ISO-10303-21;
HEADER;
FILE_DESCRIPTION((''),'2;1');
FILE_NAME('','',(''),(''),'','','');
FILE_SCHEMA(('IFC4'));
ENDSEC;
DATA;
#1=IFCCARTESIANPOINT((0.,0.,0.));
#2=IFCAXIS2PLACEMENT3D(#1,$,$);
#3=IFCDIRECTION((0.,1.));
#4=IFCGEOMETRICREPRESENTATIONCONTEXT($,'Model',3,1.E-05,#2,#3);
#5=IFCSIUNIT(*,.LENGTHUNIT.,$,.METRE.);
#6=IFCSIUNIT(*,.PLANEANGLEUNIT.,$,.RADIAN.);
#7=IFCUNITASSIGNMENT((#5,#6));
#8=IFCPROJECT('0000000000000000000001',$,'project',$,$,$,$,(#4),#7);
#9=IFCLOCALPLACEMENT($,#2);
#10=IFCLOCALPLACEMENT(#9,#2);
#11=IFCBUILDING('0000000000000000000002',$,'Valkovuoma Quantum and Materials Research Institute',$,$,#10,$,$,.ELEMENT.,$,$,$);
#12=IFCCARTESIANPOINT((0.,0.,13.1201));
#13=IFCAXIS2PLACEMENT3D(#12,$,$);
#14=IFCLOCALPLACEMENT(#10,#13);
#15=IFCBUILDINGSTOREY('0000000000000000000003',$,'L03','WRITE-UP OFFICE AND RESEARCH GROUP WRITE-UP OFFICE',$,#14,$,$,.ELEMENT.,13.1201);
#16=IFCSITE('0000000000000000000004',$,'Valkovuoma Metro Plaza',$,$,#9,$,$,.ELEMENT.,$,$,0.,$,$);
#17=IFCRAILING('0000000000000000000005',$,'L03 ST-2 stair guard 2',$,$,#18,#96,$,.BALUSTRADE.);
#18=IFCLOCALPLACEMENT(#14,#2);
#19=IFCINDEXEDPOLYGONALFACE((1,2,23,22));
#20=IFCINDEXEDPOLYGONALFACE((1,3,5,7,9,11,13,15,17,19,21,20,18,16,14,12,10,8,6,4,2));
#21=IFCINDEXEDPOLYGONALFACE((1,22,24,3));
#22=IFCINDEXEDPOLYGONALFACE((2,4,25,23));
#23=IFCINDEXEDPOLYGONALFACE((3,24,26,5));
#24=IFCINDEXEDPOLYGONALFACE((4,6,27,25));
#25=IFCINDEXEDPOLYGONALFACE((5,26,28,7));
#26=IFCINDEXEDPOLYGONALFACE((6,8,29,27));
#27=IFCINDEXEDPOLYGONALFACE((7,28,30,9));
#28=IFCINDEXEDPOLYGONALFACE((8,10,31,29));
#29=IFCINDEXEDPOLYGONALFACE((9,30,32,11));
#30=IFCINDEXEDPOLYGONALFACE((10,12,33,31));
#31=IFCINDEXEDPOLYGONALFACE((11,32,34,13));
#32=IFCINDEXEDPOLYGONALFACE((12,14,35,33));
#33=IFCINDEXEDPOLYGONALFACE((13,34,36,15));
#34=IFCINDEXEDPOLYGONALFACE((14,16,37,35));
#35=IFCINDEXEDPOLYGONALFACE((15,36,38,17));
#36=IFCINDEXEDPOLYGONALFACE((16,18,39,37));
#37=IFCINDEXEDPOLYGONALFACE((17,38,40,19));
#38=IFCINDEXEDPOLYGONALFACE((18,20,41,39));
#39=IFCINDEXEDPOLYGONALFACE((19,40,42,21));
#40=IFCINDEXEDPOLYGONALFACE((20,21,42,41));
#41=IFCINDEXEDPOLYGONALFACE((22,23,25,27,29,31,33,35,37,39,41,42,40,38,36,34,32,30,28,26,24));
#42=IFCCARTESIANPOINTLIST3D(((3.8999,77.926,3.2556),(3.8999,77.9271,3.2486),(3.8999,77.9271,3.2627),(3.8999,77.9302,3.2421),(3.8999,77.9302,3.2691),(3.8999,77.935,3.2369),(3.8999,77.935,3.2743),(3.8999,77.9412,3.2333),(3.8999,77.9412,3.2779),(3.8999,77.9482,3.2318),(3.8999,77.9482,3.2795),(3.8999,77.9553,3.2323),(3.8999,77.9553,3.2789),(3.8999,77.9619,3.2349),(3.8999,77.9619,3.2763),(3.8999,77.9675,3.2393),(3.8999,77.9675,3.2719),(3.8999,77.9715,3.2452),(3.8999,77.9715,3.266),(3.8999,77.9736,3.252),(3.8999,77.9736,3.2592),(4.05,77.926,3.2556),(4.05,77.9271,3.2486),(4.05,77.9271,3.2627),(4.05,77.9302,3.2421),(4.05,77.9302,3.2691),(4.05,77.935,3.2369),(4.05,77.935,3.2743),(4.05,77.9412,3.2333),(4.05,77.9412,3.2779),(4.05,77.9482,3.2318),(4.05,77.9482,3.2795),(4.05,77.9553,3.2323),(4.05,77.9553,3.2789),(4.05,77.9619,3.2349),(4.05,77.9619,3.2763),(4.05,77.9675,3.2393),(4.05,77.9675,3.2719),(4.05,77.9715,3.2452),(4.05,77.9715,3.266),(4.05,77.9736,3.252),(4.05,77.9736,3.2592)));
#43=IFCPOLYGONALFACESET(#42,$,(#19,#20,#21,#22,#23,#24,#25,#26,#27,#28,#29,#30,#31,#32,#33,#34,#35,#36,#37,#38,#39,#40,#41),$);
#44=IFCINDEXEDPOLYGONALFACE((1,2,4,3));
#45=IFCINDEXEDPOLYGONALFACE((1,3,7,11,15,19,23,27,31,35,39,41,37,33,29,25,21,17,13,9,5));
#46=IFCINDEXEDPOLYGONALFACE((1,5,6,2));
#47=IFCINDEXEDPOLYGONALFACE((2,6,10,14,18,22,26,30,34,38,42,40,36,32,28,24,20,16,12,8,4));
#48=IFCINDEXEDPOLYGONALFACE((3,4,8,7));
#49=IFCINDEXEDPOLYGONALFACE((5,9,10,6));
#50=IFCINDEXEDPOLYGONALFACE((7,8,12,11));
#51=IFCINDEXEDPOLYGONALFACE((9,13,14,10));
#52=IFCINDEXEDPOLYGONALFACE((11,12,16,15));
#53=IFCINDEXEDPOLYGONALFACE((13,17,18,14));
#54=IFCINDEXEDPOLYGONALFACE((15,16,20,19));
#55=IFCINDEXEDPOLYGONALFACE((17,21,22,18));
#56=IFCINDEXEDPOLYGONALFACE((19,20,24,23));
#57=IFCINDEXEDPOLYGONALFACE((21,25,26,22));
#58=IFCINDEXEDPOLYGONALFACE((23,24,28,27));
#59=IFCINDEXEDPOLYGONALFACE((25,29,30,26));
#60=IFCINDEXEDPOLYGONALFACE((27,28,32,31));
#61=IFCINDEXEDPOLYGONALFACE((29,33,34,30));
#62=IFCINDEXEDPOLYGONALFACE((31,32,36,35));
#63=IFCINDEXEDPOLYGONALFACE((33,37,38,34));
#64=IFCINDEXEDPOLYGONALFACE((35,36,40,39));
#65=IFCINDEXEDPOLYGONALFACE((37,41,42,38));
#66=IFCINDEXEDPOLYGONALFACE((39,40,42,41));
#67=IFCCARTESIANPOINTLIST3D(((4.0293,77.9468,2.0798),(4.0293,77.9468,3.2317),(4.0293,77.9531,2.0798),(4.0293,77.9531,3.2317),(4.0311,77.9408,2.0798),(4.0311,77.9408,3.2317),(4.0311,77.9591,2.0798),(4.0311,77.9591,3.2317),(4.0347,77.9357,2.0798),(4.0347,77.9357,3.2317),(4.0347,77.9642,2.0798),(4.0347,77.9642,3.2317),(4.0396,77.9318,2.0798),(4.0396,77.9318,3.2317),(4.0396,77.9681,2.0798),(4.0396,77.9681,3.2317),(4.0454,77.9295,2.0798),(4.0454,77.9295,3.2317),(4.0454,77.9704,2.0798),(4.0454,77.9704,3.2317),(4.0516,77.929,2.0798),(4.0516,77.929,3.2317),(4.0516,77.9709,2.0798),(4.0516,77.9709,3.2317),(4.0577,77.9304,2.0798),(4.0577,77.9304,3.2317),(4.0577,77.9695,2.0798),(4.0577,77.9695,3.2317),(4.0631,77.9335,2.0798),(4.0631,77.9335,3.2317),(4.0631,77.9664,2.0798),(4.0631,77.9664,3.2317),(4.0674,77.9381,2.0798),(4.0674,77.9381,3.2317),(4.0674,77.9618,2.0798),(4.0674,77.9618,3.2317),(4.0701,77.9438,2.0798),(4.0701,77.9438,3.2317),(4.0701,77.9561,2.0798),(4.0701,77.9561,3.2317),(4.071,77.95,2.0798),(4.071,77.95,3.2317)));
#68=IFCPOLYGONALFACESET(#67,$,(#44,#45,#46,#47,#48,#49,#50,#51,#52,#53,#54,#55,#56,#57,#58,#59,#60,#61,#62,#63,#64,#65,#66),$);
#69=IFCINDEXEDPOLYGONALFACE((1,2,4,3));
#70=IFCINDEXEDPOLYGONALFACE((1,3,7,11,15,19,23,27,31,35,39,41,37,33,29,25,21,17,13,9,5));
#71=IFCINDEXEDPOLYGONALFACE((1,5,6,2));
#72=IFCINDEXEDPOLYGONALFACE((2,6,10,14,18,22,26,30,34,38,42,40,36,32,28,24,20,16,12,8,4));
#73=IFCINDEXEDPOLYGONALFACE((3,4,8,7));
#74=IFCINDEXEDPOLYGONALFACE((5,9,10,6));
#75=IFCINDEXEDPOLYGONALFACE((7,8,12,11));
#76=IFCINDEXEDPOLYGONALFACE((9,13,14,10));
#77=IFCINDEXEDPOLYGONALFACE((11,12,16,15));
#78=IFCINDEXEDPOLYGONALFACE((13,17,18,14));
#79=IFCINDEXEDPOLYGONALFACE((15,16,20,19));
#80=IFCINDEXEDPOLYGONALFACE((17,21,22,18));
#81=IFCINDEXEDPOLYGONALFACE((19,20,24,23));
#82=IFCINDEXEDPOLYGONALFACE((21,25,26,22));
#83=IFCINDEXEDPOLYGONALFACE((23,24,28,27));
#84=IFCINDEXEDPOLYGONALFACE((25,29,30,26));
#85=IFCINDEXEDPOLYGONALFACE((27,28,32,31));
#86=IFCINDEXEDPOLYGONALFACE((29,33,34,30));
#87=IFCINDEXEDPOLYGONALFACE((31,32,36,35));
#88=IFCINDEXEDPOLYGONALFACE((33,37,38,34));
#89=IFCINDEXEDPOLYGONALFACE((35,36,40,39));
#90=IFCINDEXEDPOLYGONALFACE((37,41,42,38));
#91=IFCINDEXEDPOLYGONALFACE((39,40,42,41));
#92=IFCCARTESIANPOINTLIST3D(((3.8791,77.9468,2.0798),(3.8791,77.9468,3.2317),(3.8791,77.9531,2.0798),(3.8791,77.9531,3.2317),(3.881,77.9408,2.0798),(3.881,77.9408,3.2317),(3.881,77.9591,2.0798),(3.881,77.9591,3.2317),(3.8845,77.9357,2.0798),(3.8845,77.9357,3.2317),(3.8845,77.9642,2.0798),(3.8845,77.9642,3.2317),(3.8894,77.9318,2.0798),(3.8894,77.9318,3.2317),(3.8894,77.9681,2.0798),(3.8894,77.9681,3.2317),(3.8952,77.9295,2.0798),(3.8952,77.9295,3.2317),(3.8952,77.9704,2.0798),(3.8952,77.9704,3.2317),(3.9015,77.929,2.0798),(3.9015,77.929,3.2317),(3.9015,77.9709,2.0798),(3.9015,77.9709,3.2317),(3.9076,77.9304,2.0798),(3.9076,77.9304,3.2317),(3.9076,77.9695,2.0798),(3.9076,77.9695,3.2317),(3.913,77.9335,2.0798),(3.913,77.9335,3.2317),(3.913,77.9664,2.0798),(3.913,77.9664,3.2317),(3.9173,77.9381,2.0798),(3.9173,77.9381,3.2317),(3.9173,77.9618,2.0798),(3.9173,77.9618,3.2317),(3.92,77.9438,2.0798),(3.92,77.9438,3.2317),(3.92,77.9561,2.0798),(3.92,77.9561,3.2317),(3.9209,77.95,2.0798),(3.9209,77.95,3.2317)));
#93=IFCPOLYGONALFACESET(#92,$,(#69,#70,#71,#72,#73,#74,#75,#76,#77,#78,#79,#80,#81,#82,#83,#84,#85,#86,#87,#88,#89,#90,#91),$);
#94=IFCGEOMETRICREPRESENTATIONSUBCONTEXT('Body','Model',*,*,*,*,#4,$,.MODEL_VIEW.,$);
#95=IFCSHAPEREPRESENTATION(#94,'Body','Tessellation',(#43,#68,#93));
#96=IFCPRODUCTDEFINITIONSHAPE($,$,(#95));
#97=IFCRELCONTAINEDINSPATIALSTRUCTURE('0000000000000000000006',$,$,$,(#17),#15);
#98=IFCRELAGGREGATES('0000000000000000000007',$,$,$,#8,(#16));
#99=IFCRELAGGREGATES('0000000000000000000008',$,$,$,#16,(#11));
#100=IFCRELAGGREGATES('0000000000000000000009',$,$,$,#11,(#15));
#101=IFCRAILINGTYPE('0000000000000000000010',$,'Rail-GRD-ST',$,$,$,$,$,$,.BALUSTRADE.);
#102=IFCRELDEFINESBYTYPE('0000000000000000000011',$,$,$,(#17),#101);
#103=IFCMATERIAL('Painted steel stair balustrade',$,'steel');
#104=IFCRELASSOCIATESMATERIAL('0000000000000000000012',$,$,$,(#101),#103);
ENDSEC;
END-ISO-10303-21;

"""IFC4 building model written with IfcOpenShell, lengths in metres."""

from ifc_helpers import new_model, si_unit, direction, frame, origin, origin_2d, place, context, subcontext, project, spatial, circle, extrude, material, type_object, element, save


model = new_model("IFC4")

# Units and contexts
model_context = context("Model", 3, precision=1e-05, world=origin(), true_north=direction((0.0, 1.0)))
body_context = subcontext(model_context, "Body", "Model", "MODEL_VIEW")
ifc_project = project(units=[si_unit("LENGTHUNIT", "METRE"), si_unit("PLANEANGLEUNIT", "RADIAN")], contexts=[model_context])

# Site, building, storey
site_placement = place(None, origin())
site = spatial("IfcSite", under=ifc_project, at=site_placement, Name="Valkovuoma Metro Plaza", CompositionType="ELEMENT", RefElevation=0.0)
building_placement = place(site_placement, origin())
building = spatial("IfcBuilding", under=site, at=building_placement, Name="Valkovuoma Quantum and Materials Research Institute", CompositionType="ELEMENT")
storey_placement = place(building_placement, frame((0.0, 0.0, 13.1201)))
storey = spatial("IfcBuildingStorey", under=building, at=storey_placement, Name="L03", Description="WRITE-UP OFFICE AND RESEARCH GROUP WRITE-UP OFFICE", CompositionType="ELEMENT", Elevation=13.1201)

# Railing
ifc_material_1 = material(Name="Painted steel stair balustrade", Category="steel")
railing_type_1 = type_object("IfcRailingType", Name="Rail-GRD-ST", PredefinedType="BALUSTRADE", material=ifc_material_1)
railing_1_placement = place(storey_placement, frame((4.05, 77.95, 2.0798)))
element("IfcRailing", 1, at=railing_1_placement, inside=storey, type_object=railing_type_1, Name="L03 ST-2 stair guard 2", PredefinedType="BALUSTRADE", context=body_context, shape_type="SweptSolid", body=[
    extrude(circle(Radius=0.0239, at=origin_2d()), frame((0.0, 0.0, 1.1758), z_axis=(-1.0, 0.0, 0.0), x_axis=(0.0, -1.0, 0.0)), (0.0, 0.0, 1.0), 0.1501),
    extrude(circle(Radius=0.021, at=origin_2d()), origin(), (0.0, 0.0, 1.0), 1.1519),
    extrude(circle(Radius=0.021, at=origin_2d()), frame((-0.1501, 0.0, 0.0)), (0.0, 0.0, 1.0), 1.1519),
])

save(model, "model.ifc")
